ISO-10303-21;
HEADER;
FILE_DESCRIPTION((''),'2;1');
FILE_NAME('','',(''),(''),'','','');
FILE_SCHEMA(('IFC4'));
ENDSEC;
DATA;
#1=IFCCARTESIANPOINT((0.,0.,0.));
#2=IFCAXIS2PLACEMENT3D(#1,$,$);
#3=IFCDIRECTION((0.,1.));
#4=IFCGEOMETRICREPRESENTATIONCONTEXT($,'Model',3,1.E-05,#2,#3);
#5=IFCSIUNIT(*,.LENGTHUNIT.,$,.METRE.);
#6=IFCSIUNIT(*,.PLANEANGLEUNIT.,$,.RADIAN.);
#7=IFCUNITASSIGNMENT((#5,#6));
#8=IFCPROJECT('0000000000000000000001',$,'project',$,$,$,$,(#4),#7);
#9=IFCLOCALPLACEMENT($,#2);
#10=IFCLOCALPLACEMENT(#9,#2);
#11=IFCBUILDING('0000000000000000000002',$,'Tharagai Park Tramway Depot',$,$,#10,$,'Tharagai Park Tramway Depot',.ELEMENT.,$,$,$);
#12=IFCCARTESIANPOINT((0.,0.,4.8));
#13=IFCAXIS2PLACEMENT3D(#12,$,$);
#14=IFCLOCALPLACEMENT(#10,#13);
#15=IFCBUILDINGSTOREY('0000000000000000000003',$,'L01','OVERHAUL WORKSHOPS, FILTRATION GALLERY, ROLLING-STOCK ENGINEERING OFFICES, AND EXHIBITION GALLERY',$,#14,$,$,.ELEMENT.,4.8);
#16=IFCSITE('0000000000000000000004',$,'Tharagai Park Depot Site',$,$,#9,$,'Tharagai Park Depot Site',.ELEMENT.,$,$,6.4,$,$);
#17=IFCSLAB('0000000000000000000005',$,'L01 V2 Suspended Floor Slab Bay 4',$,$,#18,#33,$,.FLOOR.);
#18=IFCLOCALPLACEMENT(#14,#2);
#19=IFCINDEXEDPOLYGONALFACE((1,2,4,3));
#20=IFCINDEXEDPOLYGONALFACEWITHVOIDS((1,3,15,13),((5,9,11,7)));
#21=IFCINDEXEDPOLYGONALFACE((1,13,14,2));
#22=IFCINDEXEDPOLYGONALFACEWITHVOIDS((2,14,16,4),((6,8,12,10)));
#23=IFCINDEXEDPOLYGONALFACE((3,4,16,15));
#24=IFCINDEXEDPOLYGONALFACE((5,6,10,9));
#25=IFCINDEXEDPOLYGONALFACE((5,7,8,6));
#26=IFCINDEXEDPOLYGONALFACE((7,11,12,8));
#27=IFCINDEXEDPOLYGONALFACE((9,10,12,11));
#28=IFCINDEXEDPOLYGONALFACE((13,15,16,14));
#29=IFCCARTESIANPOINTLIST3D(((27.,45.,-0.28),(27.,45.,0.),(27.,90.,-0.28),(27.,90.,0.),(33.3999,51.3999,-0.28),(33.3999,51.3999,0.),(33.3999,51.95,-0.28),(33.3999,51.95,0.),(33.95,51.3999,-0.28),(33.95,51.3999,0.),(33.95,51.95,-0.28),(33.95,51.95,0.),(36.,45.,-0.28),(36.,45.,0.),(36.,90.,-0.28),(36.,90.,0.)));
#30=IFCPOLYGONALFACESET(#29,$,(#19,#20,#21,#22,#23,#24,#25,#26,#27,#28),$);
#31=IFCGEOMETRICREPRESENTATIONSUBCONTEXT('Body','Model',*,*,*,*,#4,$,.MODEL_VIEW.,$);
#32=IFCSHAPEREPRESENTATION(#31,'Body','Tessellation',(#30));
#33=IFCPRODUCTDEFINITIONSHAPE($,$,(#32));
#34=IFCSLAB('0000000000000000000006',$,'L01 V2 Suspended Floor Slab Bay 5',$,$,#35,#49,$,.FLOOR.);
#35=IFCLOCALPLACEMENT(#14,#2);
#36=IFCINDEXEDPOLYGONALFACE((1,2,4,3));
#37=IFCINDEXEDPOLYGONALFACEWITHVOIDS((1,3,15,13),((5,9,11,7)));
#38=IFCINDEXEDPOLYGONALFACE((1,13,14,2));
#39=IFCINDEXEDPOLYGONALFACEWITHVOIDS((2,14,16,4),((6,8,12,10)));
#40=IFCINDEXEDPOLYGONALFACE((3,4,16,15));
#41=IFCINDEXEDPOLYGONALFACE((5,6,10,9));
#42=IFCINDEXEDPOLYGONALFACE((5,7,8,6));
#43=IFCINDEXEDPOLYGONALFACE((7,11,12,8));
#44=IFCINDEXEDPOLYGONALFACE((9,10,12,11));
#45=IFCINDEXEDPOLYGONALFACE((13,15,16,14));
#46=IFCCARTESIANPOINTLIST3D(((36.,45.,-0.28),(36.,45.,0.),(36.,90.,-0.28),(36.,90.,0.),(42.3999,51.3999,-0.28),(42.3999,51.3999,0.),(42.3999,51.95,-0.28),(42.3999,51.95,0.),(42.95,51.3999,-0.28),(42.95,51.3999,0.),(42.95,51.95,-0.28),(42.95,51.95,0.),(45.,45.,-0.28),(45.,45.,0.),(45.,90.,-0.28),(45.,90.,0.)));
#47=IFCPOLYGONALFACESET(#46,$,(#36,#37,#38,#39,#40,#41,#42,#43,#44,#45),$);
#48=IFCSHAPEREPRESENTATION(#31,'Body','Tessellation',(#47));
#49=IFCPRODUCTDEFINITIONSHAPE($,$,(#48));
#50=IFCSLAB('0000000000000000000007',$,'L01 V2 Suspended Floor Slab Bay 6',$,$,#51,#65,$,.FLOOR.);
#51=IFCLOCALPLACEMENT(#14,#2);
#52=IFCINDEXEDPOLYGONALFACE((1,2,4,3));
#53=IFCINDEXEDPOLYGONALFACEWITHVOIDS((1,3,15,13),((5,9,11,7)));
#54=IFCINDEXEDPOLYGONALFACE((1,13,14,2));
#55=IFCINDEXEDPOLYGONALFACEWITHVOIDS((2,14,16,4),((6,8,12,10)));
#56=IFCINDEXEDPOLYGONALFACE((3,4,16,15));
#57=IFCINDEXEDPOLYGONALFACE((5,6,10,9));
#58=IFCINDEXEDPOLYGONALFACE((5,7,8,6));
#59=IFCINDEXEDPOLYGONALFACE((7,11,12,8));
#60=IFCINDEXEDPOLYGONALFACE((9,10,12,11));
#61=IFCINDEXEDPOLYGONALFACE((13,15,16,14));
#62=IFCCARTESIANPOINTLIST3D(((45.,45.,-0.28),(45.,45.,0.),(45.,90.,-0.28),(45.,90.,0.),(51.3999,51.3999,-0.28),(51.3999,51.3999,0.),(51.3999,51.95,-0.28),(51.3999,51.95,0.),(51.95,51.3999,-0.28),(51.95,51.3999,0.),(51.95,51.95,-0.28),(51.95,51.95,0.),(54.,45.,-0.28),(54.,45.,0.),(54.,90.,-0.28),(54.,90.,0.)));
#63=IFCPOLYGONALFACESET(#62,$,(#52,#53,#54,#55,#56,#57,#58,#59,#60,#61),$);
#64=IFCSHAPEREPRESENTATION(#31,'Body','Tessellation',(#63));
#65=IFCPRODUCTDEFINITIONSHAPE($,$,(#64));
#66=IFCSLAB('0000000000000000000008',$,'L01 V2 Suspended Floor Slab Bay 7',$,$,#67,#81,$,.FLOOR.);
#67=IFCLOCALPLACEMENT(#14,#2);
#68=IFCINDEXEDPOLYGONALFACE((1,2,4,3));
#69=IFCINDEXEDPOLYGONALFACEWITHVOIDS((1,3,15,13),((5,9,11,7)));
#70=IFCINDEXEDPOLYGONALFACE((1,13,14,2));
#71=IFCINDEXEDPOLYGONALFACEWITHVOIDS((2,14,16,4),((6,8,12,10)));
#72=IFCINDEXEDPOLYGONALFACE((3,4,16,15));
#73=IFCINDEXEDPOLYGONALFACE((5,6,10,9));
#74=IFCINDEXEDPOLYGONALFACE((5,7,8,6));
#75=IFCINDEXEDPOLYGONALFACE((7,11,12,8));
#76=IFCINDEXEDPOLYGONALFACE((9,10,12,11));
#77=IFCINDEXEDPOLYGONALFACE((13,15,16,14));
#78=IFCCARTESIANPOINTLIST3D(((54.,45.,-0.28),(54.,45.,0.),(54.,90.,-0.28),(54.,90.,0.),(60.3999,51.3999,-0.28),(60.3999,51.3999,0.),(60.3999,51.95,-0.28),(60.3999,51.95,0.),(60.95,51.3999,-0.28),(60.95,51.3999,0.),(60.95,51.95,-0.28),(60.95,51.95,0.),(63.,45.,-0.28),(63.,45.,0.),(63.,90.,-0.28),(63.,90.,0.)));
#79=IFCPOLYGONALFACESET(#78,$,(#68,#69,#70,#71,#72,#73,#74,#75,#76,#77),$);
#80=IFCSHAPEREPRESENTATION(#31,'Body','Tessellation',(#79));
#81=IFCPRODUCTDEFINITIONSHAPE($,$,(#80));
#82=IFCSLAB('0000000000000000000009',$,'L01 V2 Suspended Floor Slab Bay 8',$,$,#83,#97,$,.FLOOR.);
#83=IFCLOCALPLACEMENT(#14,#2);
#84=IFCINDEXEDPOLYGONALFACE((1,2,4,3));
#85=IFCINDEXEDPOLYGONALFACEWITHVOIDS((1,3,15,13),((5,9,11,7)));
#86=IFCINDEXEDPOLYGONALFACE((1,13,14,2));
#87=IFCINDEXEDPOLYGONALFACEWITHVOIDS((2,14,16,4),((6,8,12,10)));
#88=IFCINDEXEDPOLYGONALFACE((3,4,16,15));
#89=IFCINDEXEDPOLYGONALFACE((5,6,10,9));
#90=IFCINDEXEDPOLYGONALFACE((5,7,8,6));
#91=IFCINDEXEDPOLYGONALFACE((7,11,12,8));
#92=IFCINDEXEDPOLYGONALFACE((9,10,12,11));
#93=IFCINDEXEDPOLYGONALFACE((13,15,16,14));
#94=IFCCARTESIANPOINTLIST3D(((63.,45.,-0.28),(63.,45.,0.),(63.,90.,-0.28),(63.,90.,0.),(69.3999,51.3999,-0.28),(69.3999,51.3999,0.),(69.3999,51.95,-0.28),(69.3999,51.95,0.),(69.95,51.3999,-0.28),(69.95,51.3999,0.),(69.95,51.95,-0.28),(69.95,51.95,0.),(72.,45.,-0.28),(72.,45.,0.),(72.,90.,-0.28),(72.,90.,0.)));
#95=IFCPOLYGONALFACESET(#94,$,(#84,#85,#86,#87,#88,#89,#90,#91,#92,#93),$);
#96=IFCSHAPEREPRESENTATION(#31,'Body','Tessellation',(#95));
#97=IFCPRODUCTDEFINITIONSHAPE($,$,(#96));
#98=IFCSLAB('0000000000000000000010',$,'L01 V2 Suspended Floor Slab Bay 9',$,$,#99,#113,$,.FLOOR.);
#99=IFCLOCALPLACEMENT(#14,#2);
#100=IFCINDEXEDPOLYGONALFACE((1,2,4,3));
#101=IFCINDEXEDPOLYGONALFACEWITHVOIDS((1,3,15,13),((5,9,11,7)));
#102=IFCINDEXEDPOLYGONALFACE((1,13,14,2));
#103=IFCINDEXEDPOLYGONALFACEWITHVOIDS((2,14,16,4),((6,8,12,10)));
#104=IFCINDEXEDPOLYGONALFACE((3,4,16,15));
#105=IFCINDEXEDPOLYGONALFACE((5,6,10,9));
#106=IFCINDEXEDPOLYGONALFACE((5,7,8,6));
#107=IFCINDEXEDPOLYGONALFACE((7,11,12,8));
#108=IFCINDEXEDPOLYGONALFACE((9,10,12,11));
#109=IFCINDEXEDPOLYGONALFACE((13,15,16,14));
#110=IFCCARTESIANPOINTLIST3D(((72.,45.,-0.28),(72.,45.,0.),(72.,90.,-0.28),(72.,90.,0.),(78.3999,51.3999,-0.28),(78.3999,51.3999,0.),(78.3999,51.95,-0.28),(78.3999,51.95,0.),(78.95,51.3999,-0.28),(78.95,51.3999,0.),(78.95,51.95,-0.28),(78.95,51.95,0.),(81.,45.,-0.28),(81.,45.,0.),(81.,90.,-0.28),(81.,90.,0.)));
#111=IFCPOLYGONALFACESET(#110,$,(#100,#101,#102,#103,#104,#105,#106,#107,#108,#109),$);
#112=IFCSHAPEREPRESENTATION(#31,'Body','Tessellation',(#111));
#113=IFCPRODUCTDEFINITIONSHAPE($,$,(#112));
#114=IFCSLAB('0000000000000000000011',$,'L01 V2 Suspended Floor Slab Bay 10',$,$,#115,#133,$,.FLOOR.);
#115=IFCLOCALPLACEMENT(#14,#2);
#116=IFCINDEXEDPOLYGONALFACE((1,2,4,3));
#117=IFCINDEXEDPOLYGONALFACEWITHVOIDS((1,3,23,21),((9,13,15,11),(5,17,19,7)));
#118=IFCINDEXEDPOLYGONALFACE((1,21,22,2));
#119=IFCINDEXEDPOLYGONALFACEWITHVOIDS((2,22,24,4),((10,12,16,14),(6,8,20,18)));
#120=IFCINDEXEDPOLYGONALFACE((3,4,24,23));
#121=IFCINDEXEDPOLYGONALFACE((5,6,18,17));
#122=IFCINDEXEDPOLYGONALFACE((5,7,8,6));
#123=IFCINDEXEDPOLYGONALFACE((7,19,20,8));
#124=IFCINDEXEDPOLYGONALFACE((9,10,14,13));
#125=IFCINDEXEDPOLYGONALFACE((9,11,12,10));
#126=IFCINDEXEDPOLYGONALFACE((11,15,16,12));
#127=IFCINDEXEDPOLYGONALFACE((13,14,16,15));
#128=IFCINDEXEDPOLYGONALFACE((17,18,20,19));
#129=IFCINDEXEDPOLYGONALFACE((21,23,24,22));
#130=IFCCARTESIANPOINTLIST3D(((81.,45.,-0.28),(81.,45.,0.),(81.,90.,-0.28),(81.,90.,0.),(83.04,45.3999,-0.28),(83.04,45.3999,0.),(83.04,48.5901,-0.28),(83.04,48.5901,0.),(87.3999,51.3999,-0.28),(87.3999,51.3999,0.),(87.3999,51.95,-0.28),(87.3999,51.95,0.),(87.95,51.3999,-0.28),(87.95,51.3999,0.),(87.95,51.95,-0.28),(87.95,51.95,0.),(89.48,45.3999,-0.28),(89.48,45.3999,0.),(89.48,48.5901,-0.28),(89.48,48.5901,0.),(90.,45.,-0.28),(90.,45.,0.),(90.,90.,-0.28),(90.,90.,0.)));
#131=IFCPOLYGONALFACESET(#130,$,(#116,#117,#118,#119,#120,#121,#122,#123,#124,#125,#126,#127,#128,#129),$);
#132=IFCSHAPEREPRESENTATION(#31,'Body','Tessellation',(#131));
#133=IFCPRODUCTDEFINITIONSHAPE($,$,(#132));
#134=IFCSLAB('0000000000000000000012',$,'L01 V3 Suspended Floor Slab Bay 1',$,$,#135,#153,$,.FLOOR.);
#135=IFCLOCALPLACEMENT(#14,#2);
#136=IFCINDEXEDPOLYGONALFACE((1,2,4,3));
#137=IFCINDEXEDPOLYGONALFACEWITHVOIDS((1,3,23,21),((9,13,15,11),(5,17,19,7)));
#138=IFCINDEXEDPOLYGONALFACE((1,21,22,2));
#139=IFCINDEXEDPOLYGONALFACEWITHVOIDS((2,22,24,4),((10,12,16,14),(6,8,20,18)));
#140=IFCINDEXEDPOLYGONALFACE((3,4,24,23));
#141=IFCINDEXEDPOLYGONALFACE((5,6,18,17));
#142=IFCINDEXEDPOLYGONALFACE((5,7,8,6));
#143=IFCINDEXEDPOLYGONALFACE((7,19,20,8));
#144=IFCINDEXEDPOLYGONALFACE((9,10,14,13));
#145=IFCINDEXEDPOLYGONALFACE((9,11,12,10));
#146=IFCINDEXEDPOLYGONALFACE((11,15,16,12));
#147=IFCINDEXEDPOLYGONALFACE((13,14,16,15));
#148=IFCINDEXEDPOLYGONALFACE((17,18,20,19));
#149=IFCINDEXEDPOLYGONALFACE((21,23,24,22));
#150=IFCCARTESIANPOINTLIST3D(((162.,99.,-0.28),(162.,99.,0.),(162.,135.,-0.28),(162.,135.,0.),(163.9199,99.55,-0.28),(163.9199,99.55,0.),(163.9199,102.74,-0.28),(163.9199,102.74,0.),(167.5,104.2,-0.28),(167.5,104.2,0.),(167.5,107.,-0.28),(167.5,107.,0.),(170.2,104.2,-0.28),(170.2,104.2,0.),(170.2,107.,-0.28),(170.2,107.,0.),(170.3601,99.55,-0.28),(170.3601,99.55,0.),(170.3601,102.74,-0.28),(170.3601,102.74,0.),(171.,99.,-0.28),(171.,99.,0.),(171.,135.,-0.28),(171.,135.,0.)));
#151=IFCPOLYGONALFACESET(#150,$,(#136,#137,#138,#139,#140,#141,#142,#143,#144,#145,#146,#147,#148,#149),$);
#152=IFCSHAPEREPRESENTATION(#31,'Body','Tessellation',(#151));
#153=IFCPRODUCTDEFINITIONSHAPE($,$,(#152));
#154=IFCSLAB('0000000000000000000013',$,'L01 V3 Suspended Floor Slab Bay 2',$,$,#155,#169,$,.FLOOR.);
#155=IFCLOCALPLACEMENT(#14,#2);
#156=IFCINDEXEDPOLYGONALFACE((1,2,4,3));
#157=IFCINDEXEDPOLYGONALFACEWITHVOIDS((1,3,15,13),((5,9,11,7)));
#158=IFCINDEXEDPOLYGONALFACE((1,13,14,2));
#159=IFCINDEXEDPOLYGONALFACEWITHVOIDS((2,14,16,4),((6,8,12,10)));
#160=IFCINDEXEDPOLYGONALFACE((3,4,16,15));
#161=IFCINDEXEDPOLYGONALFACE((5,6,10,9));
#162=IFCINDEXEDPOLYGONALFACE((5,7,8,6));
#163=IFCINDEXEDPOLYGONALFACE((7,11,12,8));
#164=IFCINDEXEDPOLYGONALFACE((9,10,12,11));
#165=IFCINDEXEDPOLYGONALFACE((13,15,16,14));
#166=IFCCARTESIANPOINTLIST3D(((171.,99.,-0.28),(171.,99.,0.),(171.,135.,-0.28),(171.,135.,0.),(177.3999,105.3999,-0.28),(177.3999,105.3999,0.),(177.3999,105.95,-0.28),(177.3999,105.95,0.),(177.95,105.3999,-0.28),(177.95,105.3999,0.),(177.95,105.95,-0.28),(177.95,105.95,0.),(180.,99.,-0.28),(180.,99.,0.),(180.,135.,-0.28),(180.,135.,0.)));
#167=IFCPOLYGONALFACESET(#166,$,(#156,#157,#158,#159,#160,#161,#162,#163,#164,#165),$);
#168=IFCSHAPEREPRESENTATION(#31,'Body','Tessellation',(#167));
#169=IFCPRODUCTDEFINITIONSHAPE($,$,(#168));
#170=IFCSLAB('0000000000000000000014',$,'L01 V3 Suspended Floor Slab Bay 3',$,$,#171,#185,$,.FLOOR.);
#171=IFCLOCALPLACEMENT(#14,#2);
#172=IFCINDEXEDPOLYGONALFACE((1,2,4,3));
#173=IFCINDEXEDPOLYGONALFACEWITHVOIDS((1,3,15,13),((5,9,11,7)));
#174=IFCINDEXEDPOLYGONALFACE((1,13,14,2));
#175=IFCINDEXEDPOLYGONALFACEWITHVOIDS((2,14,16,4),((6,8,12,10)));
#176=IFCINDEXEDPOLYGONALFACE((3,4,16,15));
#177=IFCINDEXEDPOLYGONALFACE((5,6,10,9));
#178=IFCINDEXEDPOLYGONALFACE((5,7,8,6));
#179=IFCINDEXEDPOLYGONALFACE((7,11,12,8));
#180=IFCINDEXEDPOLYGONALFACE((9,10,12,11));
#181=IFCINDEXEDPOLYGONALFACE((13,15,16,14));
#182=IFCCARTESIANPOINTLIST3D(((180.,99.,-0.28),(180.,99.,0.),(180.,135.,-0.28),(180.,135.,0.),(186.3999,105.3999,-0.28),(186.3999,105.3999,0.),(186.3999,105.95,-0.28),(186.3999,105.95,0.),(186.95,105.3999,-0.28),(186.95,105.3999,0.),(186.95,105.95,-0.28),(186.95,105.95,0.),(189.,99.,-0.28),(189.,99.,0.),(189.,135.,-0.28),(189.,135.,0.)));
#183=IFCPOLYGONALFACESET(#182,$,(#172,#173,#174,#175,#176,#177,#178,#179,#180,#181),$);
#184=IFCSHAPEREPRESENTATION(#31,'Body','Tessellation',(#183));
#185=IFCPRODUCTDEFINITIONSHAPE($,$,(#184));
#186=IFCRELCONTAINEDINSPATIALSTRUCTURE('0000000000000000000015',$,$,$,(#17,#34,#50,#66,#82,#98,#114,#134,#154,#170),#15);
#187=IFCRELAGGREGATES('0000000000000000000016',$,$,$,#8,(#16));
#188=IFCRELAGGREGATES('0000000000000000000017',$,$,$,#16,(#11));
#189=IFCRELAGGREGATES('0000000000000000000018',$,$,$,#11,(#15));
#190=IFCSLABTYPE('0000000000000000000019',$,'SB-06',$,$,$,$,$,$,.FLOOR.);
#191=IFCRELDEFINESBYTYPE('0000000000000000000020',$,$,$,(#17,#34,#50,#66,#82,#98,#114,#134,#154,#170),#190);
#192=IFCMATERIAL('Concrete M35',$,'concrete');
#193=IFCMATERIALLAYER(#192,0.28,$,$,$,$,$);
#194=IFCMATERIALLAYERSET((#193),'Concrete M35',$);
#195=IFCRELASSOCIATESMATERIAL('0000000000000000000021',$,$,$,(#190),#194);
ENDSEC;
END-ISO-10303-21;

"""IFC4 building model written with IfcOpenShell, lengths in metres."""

from ifc_helpers import new_model, si_unit, direction, frame, origin, place, context, subcontext, project, spatial, polyline, outline, extrude, material, layer, layer_set, type_object, element, save


model = new_model("IFC4")

# Units and contexts
model_context = context("Model", 3, precision=1e-05, world=origin(), true_north=direction((0.0, 1.0)))
body_context = subcontext(model_context, "Body", "Model", "MODEL_VIEW")
ifc_project = project(units=[si_unit("LENGTHUNIT", "METRE"), si_unit("PLANEANGLEUNIT", "RADIAN")], contexts=[model_context])

# Site, building, storey
site_placement = place(None, origin())
site = spatial("IfcSite", under=ifc_project, at=site_placement, Name="Tharagai Park Depot Site", LongName="Tharagai Park Depot Site", CompositionType="ELEMENT", RefElevation=6.4)
building_placement = place(site_placement, origin())
building = spatial("IfcBuilding", under=site, at=building_placement, Name="Tharagai Park Tramway Depot", LongName="Tharagai Park Tramway Depot", CompositionType="ELEMENT")
storey_placement = place(building_placement, frame((0.0, 0.0, 4.8)))
storey = spatial("IfcBuildingStorey", under=building, at=storey_placement, Name="L01", Description="OVERHAUL WORKSHOPS, FILTRATION GALLERY, ROLLING-STOCK ENGINEERING OFFICES, AND EXHIBITION GALLERY", CompositionType="ELEMENT", Elevation=4.8)

# Slabs
ifc_material_1 = material(Name="Concrete M35", Category="concrete")
ifc_layer_1 = layer(ifc_material_1, 0.28)
ifc_layer_set_1 = layer_set([ifc_layer_1], Name="Concrete M35")
slab_type_1 = type_object("IfcSlabType", Name="SB-06", PredefinedType="FLOOR", material=ifc_layer_set_1)
slab_1_placement = place(storey_placement, frame((0.0, 0.0, -0.28)))
element("IfcSlab", 1, at=slab_1_placement, inside=storey, type_object=slab_type_1, Name="L01 V2 Suspended Floor Slab Bay 4", PredefinedType="FLOOR", context=body_context, shape_type="SweptSolid", body=[
    extrude(outline(polyline([(27.0, 45.0), (36.0, 45.0), (36.0, 90.0), (27.0, 90.0), (27.0, 45.0)]), holes=[polyline([(33.3999, 51.3999), (33.95, 51.3999), (33.95, 51.95), (33.3999, 51.95), (33.3999, 51.3999)])]), origin(), (0.0, 0.0, 1.0), 0.28),
])
slab_2_placement = place(storey_placement, frame((0.0, 0.0, -0.28)))
element("IfcSlab", 2, at=slab_2_placement, inside=storey, type_object=slab_type_1, Name="L01 V2 Suspended Floor Slab Bay 5", PredefinedType="FLOOR", context=body_context, shape_type="SweptSolid", body=[
    extrude(outline(polyline([(36.0, 45.0), (45.0, 45.0), (45.0, 90.0), (36.0, 90.0), (36.0, 45.0)]), holes=[polyline([(42.3999, 51.3999), (42.95, 51.3999), (42.95, 51.95), (42.3999, 51.95), (42.3999, 51.3999)])]), origin(), (0.0, 0.0, 1.0), 0.28),
])
slab_3_placement = place(storey_placement, frame((0.0, 0.0, -0.28)))
element("IfcSlab", 3, at=slab_3_placement, inside=storey, type_object=slab_type_1, Name="L01 V2 Suspended Floor Slab Bay 6", PredefinedType="FLOOR", context=body_context, shape_type="SweptSolid", body=[
    extrude(outline(polyline([(45.0, 45.0), (54.0, 45.0), (54.0, 90.0), (45.0, 90.0), (45.0, 45.0)]), holes=[polyline([(51.3999, 51.3999), (51.95, 51.3999), (51.95, 51.95), (51.3999, 51.95), (51.3999, 51.3999)])]), origin(), (0.0, 0.0, 1.0), 0.28),
])
slab_4_placement = place(storey_placement, frame((0.0, 0.0, -0.28)))
element("IfcSlab", 4, at=slab_4_placement, inside=storey, type_object=slab_type_1, Name="L01 V2 Suspended Floor Slab Bay 7", PredefinedType="FLOOR", context=body_context, shape_type="SweptSolid", body=[
    extrude(outline(polyline([(54.0, 45.0), (63.0, 45.0), (63.0, 90.0), (54.0, 90.0), (54.0, 45.0)]), holes=[polyline([(60.3999, 51.3999), (60.95, 51.3999), (60.95, 51.95), (60.3999, 51.95), (60.3999, 51.3999)])]), origin(), (0.0, 0.0, 1.0), 0.28),
])
slab_5_placement = place(storey_placement, frame((0.0, 0.0, -0.28)))
element("IfcSlab", 5, at=slab_5_placement, inside=storey, type_object=slab_type_1, Name="L01 V2 Suspended Floor Slab Bay 8", PredefinedType="FLOOR", context=body_context, shape_type="SweptSolid", body=[
    extrude(outline(polyline([(63.0, 45.0), (72.0, 45.0), (72.0, 90.0), (63.0, 90.0), (63.0, 45.0)]), holes=[polyline([(69.3999, 51.3999), (69.95, 51.3999), (69.95, 51.95), (69.3999, 51.95), (69.3999, 51.3999)])]), origin(), (0.0, 0.0, 1.0), 0.28),
])
slab_6_placement = place(storey_placement, frame((0.0, 0.0, -0.28)))
element("IfcSlab", 6, at=slab_6_placement, inside=storey, type_object=slab_type_1, Name="L01 V2 Suspended Floor Slab Bay 9", PredefinedType="FLOOR", context=body_context, shape_type="SweptSolid", body=[
    extrude(outline(polyline([(72.0, 45.0), (81.0, 45.0), (81.0, 90.0), (72.0, 90.0), (72.0, 45.0)]), holes=[polyline([(78.3999, 51.3999), (78.95, 51.3999), (78.95, 51.95), (78.3999, 51.95), (78.3999, 51.3999)])]), origin(), (0.0, 0.0, 1.0), 0.28),
])
slab_7_placement = place(storey_placement, frame((0.0, 0.0, -0.28)))
element("IfcSlab", 7, at=slab_7_placement, inside=storey, type_object=slab_type_1, Name="L01 V2 Suspended Floor Slab Bay 10", PredefinedType="FLOOR", context=body_context, shape_type="SweptSolid", body=[
    extrude(outline(polyline([(81.0, 45.0), (90.0, 45.0), (90.0, 90.0), (81.0, 90.0), (81.0, 45.0)]), holes=[polyline([(83.04, 45.3999), (89.48, 45.3999), (89.48, 48.5901), (83.04, 48.5901), (83.04, 45.3999)]), polyline([(87.3999, 51.3999), (87.95, 51.3999), (87.95, 51.95), (87.3999, 51.95), (87.3999, 51.3999)])]), origin(), (0.0, 0.0, 1.0), 0.28),
])
slab_8_placement = place(storey_placement, frame((0.0, 0.0, -0.28)))
element("IfcSlab", 8, at=slab_8_placement, inside=storey, type_object=slab_type_1, Name="L01 V3 Suspended Floor Slab Bay 1", PredefinedType="FLOOR", context=body_context, shape_type="SweptSolid", body=[
    extrude(outline(polyline([(162.0, 99.0), (171.0, 99.0), (171.0, 135.0), (162.0, 135.0), (162.0, 99.0)]), holes=[polyline([(163.9199, 99.55), (170.3601, 99.55), (170.3601, 102.74), (163.9199, 102.74), (163.9199, 99.55)]), polyline([(167.5, 104.2), (170.2, 104.2), (170.2, 107.0), (167.5, 107.0), (167.5, 104.2)])]), origin(), (0.0, 0.0, 1.0), 0.28),
])
slab_9_placement = place(storey_placement, frame((0.0, 0.0, -0.28)))
element("IfcSlab", 9, at=slab_9_placement, inside=storey, type_object=slab_type_1, Name="L01 V3 Suspended Floor Slab Bay 2", PredefinedType="FLOOR", context=body_context, shape_type="SweptSolid", body=[
    extrude(outline(polyline([(171.0, 99.0), (180.0, 99.0), (180.0, 135.0), (171.0, 135.0), (171.0, 99.0)]), holes=[polyline([(177.3999, 105.3999), (177.95, 105.3999), (177.95, 105.95), (177.3999, 105.95), (177.3999, 105.3999)])]), origin(), (0.0, 0.0, 1.0), 0.28),
])
slab_10_placement = place(storey_placement, frame((0.0, 0.0, -0.28)))
element("IfcSlab", 10, at=slab_10_placement, inside=storey, type_object=slab_type_1, Name="L01 V3 Suspended Floor Slab Bay 3", PredefinedType="FLOOR", context=body_context, shape_type="SweptSolid", body=[
    extrude(outline(polyline([(180.0, 99.0), (189.0, 99.0), (189.0, 135.0), (180.0, 135.0), (180.0, 99.0)]), holes=[polyline([(186.3999, 105.3999), (186.95, 105.3999), (186.95, 105.95), (186.3999, 105.95), (186.3999, 105.3999)])]), origin(), (0.0, 0.0, 1.0), 0.28),
])

save(model, "model.ifc")
